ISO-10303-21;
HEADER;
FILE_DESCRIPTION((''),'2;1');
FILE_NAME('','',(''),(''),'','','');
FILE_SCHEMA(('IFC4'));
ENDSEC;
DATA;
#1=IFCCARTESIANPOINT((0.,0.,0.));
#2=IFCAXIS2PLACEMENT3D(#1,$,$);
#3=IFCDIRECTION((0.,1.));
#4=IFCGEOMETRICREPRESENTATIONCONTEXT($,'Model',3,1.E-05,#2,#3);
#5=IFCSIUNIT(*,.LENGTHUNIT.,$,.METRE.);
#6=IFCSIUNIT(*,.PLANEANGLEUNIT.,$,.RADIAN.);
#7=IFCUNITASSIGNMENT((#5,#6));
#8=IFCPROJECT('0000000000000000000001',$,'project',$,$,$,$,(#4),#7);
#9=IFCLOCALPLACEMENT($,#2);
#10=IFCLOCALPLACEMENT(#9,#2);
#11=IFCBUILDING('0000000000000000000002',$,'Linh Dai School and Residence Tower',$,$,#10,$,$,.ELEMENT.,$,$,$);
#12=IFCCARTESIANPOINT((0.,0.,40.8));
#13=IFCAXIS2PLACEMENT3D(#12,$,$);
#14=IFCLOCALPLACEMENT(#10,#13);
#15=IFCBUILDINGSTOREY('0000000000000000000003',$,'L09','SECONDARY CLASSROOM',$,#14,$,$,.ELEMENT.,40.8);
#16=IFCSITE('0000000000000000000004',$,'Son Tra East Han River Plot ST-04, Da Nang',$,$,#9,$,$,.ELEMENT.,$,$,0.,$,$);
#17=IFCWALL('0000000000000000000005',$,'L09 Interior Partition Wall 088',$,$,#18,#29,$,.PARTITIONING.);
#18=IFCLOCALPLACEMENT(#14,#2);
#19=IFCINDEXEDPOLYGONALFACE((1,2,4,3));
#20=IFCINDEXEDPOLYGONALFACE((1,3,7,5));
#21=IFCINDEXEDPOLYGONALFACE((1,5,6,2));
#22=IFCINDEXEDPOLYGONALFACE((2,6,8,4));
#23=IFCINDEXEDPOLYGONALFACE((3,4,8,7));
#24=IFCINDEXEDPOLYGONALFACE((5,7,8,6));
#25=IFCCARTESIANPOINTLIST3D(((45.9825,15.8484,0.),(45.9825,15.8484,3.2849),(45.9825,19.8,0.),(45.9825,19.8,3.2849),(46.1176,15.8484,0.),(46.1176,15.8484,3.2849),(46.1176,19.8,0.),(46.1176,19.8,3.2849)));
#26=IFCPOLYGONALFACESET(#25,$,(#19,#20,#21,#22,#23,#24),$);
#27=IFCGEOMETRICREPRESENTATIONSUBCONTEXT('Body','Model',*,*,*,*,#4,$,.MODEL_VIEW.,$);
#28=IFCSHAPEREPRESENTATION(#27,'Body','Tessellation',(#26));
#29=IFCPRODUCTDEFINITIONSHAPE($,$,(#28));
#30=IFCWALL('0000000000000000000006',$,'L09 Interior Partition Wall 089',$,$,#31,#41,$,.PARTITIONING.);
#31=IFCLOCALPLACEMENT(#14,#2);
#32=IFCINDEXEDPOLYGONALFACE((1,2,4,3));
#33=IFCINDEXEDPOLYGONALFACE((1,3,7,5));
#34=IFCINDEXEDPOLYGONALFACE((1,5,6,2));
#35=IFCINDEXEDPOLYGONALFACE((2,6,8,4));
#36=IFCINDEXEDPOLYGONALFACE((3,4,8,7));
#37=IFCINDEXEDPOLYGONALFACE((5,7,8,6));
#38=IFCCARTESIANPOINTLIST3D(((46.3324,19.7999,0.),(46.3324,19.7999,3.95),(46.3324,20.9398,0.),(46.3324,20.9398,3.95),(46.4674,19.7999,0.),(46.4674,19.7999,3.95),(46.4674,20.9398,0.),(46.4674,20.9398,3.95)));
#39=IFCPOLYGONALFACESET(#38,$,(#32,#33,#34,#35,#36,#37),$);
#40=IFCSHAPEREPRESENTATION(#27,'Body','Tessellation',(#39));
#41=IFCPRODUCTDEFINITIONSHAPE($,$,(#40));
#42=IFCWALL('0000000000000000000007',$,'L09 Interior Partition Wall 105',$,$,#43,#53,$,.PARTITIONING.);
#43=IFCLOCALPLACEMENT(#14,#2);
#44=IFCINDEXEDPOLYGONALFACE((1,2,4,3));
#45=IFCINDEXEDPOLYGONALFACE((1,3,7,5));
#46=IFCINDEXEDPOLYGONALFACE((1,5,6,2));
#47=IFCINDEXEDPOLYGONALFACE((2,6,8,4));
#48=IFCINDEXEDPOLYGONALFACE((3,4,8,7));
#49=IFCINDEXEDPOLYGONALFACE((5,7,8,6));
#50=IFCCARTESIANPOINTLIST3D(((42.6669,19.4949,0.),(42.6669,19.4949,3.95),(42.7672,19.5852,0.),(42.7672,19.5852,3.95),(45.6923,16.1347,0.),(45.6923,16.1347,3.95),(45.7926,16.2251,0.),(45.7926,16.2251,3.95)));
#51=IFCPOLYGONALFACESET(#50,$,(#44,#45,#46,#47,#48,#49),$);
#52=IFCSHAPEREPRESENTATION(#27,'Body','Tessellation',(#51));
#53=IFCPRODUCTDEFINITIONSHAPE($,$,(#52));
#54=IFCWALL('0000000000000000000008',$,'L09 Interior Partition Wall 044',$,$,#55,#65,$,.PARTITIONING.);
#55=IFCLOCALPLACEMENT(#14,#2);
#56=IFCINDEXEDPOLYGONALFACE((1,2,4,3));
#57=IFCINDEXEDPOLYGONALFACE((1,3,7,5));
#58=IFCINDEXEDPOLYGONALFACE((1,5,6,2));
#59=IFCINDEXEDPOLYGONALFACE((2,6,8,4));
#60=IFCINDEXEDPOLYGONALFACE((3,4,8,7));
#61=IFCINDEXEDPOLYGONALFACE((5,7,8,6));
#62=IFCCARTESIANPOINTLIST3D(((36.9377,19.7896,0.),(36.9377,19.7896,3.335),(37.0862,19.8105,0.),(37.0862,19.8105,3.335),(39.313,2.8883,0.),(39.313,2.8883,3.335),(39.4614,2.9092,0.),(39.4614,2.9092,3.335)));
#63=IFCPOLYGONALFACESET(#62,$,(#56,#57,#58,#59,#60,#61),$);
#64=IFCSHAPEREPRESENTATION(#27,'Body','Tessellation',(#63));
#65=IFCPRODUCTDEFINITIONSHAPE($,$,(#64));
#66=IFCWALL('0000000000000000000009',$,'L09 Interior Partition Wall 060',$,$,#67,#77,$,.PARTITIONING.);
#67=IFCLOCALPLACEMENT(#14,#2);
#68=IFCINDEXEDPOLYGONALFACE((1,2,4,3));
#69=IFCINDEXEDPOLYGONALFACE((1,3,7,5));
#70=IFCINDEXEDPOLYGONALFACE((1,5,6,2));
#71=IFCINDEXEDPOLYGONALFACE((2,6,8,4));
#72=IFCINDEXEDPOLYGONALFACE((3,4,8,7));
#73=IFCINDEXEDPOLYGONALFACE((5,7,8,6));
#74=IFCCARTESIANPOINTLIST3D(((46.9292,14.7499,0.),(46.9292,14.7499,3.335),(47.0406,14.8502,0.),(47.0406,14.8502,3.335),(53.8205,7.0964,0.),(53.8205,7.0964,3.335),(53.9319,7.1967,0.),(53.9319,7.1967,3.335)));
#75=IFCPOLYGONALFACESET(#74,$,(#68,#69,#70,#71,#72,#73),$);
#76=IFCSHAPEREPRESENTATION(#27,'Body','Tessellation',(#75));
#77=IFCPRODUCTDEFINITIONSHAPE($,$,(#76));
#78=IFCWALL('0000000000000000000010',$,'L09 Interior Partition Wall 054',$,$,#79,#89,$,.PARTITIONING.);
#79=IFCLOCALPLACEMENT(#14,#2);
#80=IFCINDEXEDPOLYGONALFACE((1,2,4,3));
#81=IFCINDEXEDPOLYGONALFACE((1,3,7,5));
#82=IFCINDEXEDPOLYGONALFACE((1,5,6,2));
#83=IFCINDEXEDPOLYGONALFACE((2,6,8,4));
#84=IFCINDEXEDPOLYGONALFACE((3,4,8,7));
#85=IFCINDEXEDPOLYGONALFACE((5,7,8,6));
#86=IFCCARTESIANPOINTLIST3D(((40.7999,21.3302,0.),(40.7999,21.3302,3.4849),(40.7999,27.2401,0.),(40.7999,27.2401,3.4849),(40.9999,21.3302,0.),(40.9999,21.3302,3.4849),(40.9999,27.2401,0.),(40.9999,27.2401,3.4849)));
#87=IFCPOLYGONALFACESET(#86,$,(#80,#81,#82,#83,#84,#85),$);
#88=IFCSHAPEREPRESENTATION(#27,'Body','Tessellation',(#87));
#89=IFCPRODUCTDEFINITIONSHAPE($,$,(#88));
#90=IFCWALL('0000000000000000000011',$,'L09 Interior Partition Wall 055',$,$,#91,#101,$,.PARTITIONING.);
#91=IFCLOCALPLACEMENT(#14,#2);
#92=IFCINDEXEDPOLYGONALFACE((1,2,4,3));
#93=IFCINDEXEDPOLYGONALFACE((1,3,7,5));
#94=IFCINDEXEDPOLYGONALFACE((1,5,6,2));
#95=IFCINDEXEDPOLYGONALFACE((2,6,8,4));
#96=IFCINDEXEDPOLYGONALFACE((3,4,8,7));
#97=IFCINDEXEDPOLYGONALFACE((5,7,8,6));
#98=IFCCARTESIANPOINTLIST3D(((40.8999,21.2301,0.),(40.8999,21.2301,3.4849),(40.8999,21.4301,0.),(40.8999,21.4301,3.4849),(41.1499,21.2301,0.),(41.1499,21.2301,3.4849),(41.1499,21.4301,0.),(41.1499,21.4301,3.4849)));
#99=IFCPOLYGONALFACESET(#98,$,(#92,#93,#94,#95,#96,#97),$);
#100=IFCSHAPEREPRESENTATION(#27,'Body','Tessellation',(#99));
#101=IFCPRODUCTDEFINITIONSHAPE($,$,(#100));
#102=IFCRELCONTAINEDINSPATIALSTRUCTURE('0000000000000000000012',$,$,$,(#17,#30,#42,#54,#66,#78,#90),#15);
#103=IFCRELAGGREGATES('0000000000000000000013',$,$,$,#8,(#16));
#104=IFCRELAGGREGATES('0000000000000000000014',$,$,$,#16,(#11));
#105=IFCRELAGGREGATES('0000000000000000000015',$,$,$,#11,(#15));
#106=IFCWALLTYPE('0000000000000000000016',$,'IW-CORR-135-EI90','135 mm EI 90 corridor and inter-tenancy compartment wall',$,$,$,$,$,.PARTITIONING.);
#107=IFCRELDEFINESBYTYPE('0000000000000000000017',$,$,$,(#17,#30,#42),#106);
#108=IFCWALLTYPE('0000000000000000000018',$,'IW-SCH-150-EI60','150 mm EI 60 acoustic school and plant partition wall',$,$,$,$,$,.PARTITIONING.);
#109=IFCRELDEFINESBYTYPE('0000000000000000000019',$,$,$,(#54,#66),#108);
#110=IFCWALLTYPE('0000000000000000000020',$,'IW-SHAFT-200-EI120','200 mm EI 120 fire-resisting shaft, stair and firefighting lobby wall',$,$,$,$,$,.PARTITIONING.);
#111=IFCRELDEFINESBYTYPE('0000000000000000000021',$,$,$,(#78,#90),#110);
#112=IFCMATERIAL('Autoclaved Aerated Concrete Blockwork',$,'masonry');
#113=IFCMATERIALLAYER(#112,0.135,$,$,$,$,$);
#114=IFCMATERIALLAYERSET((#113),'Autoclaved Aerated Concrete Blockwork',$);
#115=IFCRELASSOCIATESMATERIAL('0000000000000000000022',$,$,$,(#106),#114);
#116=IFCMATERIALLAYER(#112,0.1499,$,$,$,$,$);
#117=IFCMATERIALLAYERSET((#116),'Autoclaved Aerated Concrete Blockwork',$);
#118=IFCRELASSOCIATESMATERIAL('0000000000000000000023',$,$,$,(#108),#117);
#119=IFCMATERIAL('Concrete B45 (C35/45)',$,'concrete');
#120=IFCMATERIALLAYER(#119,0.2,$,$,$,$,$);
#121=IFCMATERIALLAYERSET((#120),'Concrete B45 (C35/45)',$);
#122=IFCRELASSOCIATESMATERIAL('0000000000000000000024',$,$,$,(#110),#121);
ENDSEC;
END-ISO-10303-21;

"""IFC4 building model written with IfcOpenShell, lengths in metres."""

from ifc_helpers import new_model, si_unit, direction, frame, frame_2d, origin, place, context, subcontext, project, spatial, rectangle, extrude, material, layer, layer_set, type_object, element, save


model = new_model("IFC4")

# Units and contexts
model_context = context("Model", 3, precision=1e-05, world=origin(), true_north=direction((0.0, 1.0)))
body_context = subcontext(model_context, "Body", "Model", "MODEL_VIEW")
ifc_project = project(units=[si_unit("LENGTHUNIT", "METRE"), si_unit("PLANEANGLEUNIT", "RADIAN")], contexts=[model_context])

# Site, building, storey
site_placement = place(None, origin())
site = spatial("IfcSite", under=ifc_project, at=site_placement, Name="Son Tra East Han River Plot ST-04, Da Nang", CompositionType="ELEMENT", RefElevation=0.0)
building_placement = place(site_placement, origin())
building = spatial("IfcBuilding", under=site, at=building_placement, Name="Linh Dai School and Residence Tower", CompositionType="ELEMENT")
storey_placement = place(building_placement, frame((0.0, 0.0, 40.8)))
storey = spatial("IfcBuildingStorey", under=building, at=storey_placement, Name="L09", Description="SECONDARY CLASSROOM", CompositionType="ELEMENT", Elevation=40.8)

# Shared definitions
ifc_material_1 = material(Name="Autoclaved Aerated Concrete Blockwork", Category="masonry")
ifc_layer_1 = layer(ifc_material_1, 0.135)
ifc_layer_set_1 = layer_set([ifc_layer_1], Name="Autoclaved Aerated Concrete Blockwork")
wall_type_1 = type_object("IfcWallType", Name="IW-CORR-135-EI90", Description="135 mm EI 90 corridor and inter-tenancy compartment wall", PredefinedType="PARTITIONING", material=ifc_layer_set_1)

# Walls
wall_1_placement = place(storey_placement, frame((46.05, 15.8484, 0.0), z_axis=(0.0, 0.0, 1.0), x_axis=(0.0, 1.0, 0.0)))
element("IfcWall", 1, at=wall_1_placement, inside=storey, type_object=wall_type_1, Name="L09 Interior Partition Wall 088", PredefinedType="PARTITIONING", context=body_context, shape_type="SweptSolid", body=[
    extrude(rectangle(XDim=3.9517, YDim=0.135, at=frame_2d((1.9758, 0.0))), origin(), (0.0, 0.0, 1.0), 3.2849),
])
wall_2_placement = place(storey_placement, frame((46.3999, 19.8, 0.0), z_axis=(0.0, 0.0, 1.0), x_axis=(0.0, 1.0, 0.0)))
element("IfcWall", 2, at=wall_2_placement, inside=storey, type_object=wall_type_1, Name="L09 Interior Partition Wall 089", PredefinedType="PARTITIONING", context=body_context, shape_type="SweptSolid", body=[
    extrude(rectangle(XDim=1.1399, YDim=0.135, at=frame_2d((0.5698, 0.0))), origin(), (0.0, 0.0, 1.0), 3.95),
])
wall_3_placement = place(storey_placement, frame((42.717, 19.54, 0.0), z_axis=(0.0, 0.0, 1.0), x_axis=(0.669123, -0.743152, 0.0)))
element("IfcWall", 3, at=wall_3_placement, inside=storey, type_object=wall_type_1, Name="L09 Interior Partition Wall 105", PredefinedType="PARTITIONING", context=body_context, shape_type="SweptSolid", body=[
    extrude(rectangle(XDim=4.5215, YDim=0.135, at=frame_2d((2.2607, 0.0))), origin(), (0.0, 0.0, 1.0), 3.95),
])
ifc_layer_2 = layer(ifc_material_1, 0.1499)
ifc_layer_set_2 = layer_set([ifc_layer_2], Name="Autoclaved Aerated Concrete Blockwork")
wall_type_2 = type_object("IfcWallType", Name="IW-SCH-150-EI60", Description="150 mm EI 60 acoustic school and plant partition wall", PredefinedType="PARTITIONING", material=ifc_layer_set_2)
wall_4_placement = place(storey_placement, frame((37.012, 19.8, 0.0), z_axis=(0.0, 0.0, 1.0), x_axis=(0.139168, -0.990269, 0.0)))
element("IfcWall", 4, at=wall_4_placement, inside=storey, type_object=wall_type_2, Name="L09 Interior Partition Wall 044", PredefinedType="PARTITIONING", context=body_context, shape_type="SweptSolid", body=[
    extrude(rectangle(XDim=17.0674, YDim=0.1499, at=frame_2d((8.5337, 0.0))), origin(), (0.0, 0.0, 1.0), 3.335),
])
wall_5_placement = place(storey_placement, frame((46.9849, 14.8, 0.0), z_axis=(0.0, 0.0, 1.0), x_axis=(0.669134, -0.743142, 0.0)))
element("IfcWall", 5, at=wall_5_placement, inside=storey, type_object=wall_type_2, Name="L09 Interior Partition Wall 060", PredefinedType="PARTITIONING", context=body_context, shape_type="SweptSolid", body=[
    extrude(rectangle(XDim=10.2988, YDim=0.1499, at=frame_2d((5.1494, 0.0))), origin(), (0.0, 0.0, 1.0), 3.335),
])
ifc_material_2 = material(Name="Concrete B45 (C35/45)", Category="concrete")
ifc_layer_3 = layer(ifc_material_2, 0.2)
ifc_layer_set_3 = layer_set([ifc_layer_3], Name="Concrete B45 (C35/45)")
wall_type_3 = type_object("IfcWallType", Name="IW-SHAFT-200-EI120", Description="200 mm EI 120 fire-resisting shaft, stair and firefighting lobby wall", PredefinedType="PARTITIONING", material=ifc_layer_set_3)
wall_6_placement = place(storey_placement, frame((40.8999, 21.3301, 0.0), z_axis=(0.0, 0.0, 1.0), x_axis=(0.0, 1.0, 0.0)))
element("IfcWall", 6, at=wall_6_placement, inside=storey, type_object=wall_type_3, Name="L09 Interior Partition Wall 054", PredefinedType="PARTITIONING", context=body_context, shape_type="SweptSolid", body=[
    extrude(rectangle(XDim=5.9099, YDim=0.2, at=frame_2d((2.9551, 0.0))), origin(), (0.0, 0.0, 1.0), 3.4849),
])
wall_7_placement = place(storey_placement, frame((40.8999, 21.3301, 0.0), z_axis=(0.0, 0.0, 1.0), x_axis=(1.0, 0.0, 0.0)))
element("IfcWall", 7, at=wall_7_placement, inside=storey, type_object=wall_type_3, Name="L09 Interior Partition Wall 055", PredefinedType="PARTITIONING", context=body_context, shape_type="SweptSolid", body=[
    extrude(rectangle(XDim=0.25, YDim=0.2, at=frame_2d((0.125, 0.0))), origin(), (0.0, 0.0, 1.0), 3.4849),
])

save(model, "model.ifc")
